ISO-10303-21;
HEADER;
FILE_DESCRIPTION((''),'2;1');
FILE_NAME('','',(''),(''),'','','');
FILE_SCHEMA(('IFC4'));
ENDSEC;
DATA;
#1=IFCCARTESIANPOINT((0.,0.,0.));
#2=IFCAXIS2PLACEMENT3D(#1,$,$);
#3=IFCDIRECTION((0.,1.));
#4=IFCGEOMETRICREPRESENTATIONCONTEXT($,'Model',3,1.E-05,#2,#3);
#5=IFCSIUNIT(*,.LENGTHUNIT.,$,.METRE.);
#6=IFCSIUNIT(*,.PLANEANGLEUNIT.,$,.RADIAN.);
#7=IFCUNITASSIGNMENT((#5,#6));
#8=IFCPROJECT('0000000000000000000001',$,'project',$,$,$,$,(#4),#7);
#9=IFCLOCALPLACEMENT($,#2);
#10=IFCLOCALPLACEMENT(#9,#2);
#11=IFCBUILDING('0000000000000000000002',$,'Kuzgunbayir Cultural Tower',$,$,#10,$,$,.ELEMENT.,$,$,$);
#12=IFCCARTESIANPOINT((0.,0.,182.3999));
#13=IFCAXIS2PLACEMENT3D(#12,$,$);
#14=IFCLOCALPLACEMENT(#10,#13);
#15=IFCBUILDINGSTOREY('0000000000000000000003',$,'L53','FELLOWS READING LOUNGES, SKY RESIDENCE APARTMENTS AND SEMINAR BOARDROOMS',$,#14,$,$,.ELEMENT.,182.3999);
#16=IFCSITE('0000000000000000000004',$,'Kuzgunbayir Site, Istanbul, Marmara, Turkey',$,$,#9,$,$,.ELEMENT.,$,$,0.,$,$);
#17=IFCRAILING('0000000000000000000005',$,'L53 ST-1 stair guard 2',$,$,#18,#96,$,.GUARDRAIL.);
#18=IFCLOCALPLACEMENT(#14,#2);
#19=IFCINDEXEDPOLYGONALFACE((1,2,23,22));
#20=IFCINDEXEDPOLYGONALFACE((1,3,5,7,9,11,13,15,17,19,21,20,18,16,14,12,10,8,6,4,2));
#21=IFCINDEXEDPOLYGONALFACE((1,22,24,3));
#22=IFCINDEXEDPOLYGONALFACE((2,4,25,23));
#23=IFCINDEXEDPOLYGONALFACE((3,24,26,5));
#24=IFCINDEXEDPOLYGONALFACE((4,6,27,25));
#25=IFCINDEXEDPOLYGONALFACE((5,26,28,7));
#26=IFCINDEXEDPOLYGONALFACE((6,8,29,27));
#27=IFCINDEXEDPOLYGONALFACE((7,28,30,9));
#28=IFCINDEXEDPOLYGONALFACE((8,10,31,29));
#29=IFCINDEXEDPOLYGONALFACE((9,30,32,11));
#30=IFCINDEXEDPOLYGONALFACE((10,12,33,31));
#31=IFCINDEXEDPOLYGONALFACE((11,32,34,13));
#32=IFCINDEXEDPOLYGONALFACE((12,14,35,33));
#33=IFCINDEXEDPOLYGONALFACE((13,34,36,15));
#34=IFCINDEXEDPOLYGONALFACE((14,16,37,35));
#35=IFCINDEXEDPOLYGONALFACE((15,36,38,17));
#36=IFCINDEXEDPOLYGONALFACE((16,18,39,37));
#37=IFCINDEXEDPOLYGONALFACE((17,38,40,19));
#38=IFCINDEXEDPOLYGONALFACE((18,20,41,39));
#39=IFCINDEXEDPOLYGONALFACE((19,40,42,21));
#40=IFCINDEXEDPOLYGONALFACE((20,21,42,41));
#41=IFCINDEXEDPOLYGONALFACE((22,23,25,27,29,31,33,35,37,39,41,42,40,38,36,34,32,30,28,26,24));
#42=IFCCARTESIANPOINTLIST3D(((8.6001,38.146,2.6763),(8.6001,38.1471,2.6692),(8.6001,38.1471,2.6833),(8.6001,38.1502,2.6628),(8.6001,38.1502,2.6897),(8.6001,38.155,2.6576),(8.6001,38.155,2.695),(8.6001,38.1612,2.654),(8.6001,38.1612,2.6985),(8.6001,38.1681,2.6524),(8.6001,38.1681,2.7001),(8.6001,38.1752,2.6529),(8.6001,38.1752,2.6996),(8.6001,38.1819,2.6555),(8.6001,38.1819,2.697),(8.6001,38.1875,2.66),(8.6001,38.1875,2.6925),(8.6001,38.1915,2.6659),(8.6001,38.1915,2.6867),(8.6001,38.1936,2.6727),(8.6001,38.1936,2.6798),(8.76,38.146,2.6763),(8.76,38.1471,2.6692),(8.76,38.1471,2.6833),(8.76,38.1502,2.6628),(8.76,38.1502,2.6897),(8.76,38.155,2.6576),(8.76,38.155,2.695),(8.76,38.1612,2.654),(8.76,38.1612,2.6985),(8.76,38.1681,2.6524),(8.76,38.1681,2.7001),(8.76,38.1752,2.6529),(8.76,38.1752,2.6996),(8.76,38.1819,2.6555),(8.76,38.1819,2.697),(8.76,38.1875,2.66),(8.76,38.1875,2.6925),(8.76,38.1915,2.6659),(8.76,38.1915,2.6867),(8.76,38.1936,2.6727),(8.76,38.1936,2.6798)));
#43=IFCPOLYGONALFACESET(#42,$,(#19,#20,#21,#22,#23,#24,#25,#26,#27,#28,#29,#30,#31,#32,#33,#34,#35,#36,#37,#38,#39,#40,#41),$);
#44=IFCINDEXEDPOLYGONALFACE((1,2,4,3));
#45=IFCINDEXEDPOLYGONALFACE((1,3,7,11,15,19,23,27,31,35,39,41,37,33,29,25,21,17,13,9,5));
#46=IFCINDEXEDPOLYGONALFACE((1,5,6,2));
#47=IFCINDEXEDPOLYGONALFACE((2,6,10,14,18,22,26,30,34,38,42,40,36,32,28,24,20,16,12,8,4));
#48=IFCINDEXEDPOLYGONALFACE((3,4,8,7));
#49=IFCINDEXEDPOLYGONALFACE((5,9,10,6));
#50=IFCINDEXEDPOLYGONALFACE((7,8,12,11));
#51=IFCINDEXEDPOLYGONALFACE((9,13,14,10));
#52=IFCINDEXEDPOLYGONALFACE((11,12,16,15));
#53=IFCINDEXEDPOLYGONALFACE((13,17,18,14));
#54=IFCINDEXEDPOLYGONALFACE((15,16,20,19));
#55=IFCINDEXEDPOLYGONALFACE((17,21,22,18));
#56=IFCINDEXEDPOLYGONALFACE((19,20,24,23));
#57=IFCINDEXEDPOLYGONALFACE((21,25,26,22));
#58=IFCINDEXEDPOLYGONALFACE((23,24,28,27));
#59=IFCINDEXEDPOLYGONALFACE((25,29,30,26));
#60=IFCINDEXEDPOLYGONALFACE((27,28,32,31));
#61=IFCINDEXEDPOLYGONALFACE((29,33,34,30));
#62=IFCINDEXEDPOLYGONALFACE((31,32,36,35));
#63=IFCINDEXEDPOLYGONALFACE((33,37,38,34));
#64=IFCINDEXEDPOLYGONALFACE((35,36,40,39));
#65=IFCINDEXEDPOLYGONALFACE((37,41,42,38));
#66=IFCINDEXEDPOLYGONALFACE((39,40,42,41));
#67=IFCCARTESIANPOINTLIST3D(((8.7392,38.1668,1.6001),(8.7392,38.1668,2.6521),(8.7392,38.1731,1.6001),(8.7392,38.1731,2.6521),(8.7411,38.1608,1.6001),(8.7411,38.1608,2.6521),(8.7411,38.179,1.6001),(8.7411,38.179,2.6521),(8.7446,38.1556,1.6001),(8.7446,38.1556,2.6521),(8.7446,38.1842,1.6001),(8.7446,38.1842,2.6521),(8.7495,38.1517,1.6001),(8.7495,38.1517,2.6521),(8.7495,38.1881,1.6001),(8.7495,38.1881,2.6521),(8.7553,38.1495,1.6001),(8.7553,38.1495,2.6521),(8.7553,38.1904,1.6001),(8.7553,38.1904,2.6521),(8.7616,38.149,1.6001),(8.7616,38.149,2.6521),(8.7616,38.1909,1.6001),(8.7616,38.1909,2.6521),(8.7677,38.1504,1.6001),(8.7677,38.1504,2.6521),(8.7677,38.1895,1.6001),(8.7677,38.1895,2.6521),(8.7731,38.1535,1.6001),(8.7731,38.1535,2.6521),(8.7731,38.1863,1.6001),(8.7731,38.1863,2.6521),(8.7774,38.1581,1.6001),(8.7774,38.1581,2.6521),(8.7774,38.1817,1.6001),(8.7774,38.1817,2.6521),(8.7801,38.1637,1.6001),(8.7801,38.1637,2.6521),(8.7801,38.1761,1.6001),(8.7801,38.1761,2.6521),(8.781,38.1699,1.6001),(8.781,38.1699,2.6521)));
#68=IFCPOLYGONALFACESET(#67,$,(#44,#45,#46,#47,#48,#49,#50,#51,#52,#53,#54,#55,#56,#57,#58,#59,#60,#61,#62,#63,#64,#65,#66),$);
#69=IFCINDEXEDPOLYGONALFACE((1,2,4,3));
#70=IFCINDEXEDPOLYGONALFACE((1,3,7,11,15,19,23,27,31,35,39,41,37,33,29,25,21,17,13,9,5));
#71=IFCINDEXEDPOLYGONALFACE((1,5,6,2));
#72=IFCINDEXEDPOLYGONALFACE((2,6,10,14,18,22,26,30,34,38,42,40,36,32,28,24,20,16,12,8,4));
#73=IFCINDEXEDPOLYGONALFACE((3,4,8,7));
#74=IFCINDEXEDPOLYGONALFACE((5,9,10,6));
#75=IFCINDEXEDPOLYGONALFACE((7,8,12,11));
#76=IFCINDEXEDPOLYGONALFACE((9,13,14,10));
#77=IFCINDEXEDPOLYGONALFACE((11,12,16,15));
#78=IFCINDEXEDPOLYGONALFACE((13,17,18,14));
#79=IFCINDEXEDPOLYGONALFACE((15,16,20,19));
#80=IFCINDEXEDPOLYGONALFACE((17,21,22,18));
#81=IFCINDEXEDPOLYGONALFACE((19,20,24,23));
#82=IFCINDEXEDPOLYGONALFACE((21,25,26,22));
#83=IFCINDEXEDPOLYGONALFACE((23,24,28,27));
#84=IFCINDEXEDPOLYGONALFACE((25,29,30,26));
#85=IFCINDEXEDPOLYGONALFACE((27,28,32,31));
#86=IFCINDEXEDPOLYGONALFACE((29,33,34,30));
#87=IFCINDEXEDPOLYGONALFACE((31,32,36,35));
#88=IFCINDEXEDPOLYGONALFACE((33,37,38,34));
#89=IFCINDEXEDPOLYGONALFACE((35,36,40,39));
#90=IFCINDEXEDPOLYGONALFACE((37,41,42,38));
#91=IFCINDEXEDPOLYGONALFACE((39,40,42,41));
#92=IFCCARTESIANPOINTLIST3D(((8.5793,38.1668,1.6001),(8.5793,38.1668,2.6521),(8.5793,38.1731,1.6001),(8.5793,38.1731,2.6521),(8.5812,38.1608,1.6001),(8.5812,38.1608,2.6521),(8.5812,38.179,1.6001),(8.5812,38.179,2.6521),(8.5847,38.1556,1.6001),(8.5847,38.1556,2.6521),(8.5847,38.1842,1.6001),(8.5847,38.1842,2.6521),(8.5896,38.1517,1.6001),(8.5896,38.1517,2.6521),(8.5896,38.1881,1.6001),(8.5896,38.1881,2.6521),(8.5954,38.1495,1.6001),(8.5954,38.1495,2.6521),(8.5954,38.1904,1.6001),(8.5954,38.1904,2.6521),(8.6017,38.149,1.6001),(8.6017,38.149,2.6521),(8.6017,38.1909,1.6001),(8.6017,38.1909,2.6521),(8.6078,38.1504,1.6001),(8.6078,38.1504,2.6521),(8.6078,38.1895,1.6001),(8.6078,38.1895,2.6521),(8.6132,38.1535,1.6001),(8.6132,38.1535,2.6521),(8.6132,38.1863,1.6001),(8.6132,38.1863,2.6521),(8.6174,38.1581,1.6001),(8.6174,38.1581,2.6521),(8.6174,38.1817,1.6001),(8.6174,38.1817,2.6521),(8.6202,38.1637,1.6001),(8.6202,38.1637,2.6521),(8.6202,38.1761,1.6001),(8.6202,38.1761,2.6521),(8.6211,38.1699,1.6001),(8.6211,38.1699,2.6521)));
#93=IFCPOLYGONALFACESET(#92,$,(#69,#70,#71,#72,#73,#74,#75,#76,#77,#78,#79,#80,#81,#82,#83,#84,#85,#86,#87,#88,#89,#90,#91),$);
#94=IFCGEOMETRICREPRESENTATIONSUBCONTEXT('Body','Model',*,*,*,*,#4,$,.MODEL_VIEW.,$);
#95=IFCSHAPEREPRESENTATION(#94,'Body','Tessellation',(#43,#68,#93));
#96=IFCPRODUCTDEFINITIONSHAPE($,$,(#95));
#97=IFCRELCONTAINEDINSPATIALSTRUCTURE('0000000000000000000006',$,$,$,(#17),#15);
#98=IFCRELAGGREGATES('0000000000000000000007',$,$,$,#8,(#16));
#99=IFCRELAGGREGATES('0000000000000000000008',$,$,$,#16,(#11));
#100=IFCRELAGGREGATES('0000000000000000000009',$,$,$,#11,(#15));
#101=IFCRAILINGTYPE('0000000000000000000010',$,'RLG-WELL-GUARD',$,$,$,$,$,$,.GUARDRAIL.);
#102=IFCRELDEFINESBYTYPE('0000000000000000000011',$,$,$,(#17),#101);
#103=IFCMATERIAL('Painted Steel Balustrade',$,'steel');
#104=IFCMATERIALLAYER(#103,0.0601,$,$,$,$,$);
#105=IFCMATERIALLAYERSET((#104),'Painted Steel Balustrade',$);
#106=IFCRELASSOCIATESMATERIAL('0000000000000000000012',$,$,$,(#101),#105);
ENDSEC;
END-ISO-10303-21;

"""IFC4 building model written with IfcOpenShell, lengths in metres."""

from ifc_helpers import new_model, si_unit, direction, frame, origin, origin_2d, place, context, subcontext, project, spatial, circle, extrude, material, layer, layer_set, type_object, element, save


model = new_model("IFC4")

# Units and contexts
model_context = context("Model", 3, precision=1e-05, world=origin(), true_north=direction((0.0, 1.0)))
body_context = subcontext(model_context, "Body", "Model", "MODEL_VIEW")
ifc_project = project(units=[si_unit("LENGTHUNIT", "METRE"), si_unit("PLANEANGLEUNIT", "RADIAN")], contexts=[model_context])

# Site, building, storey
site_placement = place(None, origin())
site = spatial("IfcSite", under=ifc_project, at=site_placement, Name="Kuzgunbayir Site, Istanbul, Marmara, Turkey", CompositionType="ELEMENT", RefElevation=0.0)
building_placement = place(site_placement, origin())
building = spatial("IfcBuilding", under=site, at=building_placement, Name="Kuzgunbayir Cultural Tower", CompositionType="ELEMENT")
storey_placement = place(building_placement, frame((0.0, 0.0, 182.3999)))
storey = spatial("IfcBuildingStorey", under=building, at=storey_placement, Name="L53", Description="FELLOWS READING LOUNGES, SKY RESIDENCE APARTMENTS AND SEMINAR BOARDROOMS", CompositionType="ELEMENT", Elevation=182.3999)

# Railing
ifc_material_1 = material(Name="Painted Steel Balustrade", Category="steel")
ifc_layer_1 = layer(ifc_material_1, 0.0601)
ifc_layer_set_1 = layer_set([ifc_layer_1], Name="Painted Steel Balustrade")
railing_type_1 = type_object("IfcRailingType", Name="RLG-WELL-GUARD", PredefinedType="GUARDRAIL", material=ifc_layer_set_1)
railing_1_placement = place(storey_placement, frame((8.76, 38.1699, 1.6001)))
element("IfcRailing", 1, at=railing_1_placement, inside=storey, type_object=railing_type_1, Name="L53 ST-1 stair guard 2", PredefinedType="GUARDRAIL", context=body_context, shape_type="SweptSolid", body=[
    extrude(circle(Radius=0.0239, at=origin_2d()), frame((0.0, 0.0, 1.0762), z_axis=(-1.0, 0.0, 0.0), x_axis=(0.0, -1.0, 0.0)), (0.0, 0.0, 1.0), 0.1599),
    extrude(circle(Radius=0.021, at=origin_2d()), origin(), (0.0, 0.0, 1.0), 1.052),
    extrude(circle(Radius=0.021, at=origin_2d()), frame((-0.1599, 0.0, 0.0)), (0.0, 0.0, 1.0), 1.052),
])

save(model, "model.ifc")
